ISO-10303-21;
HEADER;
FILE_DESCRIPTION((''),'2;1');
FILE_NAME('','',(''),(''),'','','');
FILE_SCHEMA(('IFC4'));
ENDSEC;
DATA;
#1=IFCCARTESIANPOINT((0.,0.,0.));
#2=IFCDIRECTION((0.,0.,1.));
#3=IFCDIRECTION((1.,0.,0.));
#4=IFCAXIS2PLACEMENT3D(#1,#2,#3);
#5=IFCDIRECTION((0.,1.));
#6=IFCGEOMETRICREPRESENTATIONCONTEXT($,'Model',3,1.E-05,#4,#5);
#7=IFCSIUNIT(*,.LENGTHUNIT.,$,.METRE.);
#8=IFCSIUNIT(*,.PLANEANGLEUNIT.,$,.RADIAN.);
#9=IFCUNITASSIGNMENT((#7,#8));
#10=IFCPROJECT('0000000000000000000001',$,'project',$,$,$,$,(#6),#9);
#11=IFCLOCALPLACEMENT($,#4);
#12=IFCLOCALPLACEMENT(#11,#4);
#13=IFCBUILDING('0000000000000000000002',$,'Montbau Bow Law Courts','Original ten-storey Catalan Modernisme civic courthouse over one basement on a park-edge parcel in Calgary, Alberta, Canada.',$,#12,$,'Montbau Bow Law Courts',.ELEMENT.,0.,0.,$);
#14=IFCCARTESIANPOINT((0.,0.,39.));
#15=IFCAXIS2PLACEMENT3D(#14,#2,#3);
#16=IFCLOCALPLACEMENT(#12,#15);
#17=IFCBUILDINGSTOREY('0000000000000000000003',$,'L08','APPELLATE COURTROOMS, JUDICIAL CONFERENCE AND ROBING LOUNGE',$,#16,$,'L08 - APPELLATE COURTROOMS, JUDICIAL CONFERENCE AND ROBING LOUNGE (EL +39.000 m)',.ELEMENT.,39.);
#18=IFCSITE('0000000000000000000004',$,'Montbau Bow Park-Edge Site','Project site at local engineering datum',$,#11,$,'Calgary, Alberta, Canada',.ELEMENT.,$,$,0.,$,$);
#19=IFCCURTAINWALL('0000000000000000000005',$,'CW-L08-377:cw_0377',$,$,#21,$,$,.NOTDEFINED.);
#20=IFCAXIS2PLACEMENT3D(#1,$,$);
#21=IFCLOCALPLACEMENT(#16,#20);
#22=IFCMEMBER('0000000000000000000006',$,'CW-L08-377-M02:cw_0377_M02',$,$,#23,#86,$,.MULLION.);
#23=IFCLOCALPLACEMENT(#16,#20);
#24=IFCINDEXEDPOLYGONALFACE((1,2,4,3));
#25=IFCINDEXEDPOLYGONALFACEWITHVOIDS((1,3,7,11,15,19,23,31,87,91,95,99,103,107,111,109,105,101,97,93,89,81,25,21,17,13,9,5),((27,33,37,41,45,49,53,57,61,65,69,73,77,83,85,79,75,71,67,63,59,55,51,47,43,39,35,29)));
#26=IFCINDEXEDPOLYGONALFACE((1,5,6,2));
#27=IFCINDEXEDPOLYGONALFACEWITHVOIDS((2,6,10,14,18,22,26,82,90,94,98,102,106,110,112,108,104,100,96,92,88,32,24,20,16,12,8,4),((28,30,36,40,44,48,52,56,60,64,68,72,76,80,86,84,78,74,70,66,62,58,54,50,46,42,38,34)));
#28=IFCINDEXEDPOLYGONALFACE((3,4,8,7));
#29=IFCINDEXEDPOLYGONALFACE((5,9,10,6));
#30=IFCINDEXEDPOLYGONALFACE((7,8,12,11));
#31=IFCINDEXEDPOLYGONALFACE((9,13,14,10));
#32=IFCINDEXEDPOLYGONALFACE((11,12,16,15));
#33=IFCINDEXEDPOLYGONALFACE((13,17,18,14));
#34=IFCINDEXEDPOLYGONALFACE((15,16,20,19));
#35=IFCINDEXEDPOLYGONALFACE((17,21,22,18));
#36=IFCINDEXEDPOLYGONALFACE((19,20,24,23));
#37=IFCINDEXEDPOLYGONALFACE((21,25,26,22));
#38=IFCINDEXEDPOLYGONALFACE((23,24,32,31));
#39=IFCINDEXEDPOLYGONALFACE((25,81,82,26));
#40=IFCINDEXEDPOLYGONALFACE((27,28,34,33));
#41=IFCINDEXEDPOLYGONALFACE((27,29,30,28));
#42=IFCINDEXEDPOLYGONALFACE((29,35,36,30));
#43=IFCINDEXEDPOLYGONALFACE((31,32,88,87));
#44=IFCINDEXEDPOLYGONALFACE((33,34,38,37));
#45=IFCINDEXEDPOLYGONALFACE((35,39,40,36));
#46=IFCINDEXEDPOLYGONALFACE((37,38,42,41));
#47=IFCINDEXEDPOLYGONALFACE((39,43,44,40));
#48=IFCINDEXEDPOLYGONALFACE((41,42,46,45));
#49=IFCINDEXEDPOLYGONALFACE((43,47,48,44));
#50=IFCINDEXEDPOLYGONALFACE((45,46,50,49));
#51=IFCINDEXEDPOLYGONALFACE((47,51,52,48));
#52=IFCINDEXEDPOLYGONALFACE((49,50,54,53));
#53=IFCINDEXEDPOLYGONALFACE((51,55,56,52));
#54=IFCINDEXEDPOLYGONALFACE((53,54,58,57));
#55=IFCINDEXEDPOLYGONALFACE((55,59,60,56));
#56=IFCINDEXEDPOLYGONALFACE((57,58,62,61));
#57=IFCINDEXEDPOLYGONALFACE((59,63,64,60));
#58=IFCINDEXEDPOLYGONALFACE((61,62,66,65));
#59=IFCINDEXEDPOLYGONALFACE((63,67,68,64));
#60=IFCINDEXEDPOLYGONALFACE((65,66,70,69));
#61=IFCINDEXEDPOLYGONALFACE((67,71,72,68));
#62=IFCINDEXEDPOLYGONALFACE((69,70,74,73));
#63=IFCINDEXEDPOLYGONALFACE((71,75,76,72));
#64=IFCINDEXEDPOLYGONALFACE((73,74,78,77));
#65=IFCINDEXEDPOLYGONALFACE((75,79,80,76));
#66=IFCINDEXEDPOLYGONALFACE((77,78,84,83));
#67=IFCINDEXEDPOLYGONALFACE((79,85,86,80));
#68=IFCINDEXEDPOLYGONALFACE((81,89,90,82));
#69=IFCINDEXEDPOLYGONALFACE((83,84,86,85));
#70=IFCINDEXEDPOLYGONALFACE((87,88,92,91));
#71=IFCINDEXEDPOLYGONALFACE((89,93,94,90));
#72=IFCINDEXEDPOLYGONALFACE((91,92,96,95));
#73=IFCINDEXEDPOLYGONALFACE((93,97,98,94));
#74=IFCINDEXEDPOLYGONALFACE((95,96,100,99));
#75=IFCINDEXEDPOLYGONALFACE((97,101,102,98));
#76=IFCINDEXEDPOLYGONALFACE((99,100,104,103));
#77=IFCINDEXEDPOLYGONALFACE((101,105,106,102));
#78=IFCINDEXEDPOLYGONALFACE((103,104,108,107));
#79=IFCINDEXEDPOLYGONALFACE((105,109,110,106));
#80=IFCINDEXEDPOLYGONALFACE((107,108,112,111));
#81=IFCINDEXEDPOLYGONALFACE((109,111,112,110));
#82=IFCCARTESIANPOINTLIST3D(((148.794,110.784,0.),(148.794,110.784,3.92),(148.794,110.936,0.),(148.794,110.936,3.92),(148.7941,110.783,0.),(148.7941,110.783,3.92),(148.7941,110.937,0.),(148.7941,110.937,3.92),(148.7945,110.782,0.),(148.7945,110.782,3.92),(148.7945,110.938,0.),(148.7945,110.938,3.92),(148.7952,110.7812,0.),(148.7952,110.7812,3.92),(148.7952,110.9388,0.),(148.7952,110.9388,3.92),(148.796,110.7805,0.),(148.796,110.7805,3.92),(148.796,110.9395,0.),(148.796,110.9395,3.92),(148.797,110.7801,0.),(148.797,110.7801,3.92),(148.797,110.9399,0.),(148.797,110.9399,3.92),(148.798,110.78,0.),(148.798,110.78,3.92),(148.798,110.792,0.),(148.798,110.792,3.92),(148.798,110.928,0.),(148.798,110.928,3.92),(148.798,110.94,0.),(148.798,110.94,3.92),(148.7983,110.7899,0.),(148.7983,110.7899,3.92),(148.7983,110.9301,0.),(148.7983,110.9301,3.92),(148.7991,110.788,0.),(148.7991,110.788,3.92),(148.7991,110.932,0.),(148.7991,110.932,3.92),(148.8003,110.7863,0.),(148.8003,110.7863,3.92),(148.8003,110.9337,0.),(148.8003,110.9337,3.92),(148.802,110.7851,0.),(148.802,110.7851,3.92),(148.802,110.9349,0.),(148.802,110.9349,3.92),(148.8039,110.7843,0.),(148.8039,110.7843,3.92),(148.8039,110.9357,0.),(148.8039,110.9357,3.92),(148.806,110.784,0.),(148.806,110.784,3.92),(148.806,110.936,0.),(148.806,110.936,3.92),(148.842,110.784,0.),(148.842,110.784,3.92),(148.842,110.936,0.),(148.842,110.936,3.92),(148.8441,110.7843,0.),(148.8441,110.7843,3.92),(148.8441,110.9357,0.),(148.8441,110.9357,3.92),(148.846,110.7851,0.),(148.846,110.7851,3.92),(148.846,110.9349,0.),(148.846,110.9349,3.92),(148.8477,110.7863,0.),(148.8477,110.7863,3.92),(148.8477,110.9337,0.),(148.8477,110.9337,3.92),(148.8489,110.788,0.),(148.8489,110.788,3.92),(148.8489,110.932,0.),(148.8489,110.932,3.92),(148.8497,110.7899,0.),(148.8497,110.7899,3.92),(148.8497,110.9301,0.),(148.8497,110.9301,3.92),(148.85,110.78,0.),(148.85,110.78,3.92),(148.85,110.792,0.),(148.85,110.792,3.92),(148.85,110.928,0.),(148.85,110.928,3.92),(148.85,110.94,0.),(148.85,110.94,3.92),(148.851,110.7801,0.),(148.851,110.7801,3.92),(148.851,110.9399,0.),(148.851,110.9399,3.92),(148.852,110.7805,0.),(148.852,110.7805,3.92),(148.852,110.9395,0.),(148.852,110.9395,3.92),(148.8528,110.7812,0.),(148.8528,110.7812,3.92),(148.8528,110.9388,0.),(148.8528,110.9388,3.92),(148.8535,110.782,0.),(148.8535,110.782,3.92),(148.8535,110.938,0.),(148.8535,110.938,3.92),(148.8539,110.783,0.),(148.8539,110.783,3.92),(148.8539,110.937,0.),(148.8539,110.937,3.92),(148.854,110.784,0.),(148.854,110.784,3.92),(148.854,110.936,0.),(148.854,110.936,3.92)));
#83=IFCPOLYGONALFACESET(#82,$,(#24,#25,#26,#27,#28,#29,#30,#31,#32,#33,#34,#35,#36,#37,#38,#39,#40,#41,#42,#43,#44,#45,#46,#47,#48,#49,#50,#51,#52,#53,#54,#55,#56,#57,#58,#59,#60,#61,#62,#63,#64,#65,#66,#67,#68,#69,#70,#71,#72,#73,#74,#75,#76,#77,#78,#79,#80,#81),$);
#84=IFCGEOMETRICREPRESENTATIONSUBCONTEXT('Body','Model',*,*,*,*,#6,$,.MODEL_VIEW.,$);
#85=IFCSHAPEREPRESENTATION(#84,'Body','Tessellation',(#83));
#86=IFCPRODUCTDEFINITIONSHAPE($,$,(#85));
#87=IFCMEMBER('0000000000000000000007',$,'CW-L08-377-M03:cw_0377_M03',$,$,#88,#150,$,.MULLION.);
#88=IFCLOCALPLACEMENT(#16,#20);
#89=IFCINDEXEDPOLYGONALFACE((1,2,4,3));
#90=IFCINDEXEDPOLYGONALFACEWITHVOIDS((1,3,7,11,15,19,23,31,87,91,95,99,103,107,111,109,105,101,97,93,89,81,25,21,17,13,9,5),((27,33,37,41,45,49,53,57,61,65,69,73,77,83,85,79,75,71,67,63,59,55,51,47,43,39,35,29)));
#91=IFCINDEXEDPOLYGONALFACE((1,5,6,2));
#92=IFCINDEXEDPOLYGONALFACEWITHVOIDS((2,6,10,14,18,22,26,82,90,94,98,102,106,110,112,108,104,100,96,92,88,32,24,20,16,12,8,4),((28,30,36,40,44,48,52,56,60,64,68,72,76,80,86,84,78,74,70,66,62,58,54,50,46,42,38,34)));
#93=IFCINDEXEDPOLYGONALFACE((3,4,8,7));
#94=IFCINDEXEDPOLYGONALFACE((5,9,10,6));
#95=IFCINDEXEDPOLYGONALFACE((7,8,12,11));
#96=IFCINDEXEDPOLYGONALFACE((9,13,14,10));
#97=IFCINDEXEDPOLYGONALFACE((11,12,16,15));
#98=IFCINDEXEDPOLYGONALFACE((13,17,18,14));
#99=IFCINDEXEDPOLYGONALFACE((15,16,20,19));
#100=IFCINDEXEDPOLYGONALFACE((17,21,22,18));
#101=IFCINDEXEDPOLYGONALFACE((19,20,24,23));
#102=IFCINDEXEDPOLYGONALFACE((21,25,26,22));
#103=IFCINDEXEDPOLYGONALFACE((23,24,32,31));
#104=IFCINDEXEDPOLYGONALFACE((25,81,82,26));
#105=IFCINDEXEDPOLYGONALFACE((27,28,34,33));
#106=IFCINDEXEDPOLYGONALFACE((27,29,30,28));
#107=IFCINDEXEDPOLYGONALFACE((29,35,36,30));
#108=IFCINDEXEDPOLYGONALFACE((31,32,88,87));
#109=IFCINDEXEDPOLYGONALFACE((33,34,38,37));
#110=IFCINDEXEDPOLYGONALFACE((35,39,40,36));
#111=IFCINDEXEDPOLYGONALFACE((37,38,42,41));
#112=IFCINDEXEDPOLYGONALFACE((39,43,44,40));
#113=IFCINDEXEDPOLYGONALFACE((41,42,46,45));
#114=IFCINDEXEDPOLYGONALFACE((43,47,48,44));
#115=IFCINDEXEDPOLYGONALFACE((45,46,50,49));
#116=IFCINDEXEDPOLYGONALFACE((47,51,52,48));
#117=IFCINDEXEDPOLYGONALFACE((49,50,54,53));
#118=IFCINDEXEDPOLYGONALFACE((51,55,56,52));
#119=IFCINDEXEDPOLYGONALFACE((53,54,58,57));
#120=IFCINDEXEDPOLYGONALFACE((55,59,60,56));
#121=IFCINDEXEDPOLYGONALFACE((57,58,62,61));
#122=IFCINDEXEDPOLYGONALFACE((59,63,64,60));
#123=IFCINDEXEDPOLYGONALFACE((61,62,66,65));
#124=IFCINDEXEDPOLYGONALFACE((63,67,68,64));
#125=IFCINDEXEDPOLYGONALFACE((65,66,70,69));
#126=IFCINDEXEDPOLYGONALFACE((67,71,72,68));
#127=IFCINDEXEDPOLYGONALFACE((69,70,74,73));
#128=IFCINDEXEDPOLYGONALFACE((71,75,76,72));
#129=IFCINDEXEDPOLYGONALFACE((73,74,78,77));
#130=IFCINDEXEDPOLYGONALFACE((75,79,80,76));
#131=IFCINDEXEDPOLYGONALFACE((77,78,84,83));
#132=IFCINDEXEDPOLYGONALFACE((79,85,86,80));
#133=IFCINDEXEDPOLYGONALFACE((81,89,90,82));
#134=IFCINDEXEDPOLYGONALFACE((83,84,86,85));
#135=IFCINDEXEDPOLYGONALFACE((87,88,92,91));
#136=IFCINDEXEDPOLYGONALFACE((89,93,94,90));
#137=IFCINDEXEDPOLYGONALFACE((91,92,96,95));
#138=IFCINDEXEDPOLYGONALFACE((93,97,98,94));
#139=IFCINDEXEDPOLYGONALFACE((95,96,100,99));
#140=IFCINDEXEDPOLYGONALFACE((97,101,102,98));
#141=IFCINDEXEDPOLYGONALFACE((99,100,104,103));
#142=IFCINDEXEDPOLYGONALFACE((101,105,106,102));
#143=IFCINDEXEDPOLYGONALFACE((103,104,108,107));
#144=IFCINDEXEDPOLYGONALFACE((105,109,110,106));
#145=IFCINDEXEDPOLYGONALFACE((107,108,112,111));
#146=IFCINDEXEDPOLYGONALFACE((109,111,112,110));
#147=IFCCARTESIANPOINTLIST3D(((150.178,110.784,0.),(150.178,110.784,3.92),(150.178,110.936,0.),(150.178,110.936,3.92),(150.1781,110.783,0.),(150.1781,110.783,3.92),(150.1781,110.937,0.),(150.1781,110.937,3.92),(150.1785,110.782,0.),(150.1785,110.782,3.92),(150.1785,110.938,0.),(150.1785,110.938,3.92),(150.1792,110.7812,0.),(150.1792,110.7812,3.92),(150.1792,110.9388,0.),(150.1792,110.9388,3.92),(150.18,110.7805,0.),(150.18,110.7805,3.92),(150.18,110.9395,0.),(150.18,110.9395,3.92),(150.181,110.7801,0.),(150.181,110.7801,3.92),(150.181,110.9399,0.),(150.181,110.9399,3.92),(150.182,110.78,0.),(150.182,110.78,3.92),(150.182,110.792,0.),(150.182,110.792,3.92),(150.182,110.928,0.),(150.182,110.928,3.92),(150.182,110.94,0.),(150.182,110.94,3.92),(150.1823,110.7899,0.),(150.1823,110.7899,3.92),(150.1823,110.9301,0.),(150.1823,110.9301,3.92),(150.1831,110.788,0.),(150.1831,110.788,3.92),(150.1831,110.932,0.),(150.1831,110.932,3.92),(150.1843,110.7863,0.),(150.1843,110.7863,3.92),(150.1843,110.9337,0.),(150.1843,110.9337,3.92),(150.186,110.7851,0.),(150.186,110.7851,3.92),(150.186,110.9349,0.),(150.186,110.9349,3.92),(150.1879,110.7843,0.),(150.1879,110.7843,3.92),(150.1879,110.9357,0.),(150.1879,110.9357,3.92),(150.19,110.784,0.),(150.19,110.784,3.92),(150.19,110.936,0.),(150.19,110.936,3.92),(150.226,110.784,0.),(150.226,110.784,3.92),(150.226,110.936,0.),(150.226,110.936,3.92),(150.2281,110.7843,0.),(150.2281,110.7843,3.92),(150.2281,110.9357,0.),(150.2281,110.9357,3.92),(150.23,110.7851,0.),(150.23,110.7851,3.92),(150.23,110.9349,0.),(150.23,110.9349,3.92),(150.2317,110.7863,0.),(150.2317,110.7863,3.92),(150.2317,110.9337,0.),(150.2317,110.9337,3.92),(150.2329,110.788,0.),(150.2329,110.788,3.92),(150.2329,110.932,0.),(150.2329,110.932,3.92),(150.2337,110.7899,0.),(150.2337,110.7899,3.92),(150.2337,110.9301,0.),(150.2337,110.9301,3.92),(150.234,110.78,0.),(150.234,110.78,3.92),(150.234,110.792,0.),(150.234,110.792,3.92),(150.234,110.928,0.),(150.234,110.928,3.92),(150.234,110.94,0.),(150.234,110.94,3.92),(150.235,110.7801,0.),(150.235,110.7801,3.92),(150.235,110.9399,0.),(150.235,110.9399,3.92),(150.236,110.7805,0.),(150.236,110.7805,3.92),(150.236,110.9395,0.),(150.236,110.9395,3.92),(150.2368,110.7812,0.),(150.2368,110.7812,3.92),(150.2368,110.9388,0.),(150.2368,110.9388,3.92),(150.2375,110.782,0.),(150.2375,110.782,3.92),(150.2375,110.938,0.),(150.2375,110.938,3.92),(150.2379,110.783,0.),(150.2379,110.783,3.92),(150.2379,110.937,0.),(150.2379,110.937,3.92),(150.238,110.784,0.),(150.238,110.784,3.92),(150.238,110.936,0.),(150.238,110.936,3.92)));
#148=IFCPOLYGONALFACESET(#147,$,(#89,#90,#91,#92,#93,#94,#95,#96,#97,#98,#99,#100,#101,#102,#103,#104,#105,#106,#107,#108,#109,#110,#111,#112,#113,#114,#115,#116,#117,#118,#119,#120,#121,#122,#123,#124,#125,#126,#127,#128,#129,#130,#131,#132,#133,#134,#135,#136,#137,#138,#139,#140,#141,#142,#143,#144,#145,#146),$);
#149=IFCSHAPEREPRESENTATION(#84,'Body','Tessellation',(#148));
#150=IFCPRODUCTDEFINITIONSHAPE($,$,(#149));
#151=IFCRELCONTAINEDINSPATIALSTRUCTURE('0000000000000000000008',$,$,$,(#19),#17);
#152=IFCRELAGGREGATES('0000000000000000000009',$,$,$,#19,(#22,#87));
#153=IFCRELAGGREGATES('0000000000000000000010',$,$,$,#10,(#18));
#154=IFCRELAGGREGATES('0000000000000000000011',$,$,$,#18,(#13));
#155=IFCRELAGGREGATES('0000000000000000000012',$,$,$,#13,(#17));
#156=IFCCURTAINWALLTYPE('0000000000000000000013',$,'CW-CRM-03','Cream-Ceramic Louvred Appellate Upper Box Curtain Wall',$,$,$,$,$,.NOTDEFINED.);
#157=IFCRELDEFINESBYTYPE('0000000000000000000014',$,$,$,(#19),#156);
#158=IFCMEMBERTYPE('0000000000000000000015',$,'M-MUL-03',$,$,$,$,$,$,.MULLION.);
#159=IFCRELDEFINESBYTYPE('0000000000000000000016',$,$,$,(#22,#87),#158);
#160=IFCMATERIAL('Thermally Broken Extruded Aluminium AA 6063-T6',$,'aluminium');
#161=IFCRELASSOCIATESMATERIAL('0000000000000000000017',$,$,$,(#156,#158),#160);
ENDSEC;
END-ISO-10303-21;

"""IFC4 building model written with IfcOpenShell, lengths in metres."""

from ifc_helpers import new_model, si_unit, direction, frame, origin_with_axes, origin_2d_with_axis, place, context, subcontext, project, spatial, hollow_rectangle, extrude, material, material_profile, profile_set, type_object, element, aggregate, save


model = new_model("IFC4")

# Units and contexts
model_context = context("Model", 3, precision=1e-05, world=origin_with_axes(), true_north=direction((0.0, 1.0)))
body_context = subcontext(model_context, "Body", "Model", "MODEL_VIEW")
ifc_project = project(units=[si_unit("LENGTHUNIT", "METRE"), si_unit("PLANEANGLEUNIT", "RADIAN")], contexts=[model_context])

# Site, building, storey
site_placement = place(None, origin_with_axes())
site = spatial("IfcSite", under=ifc_project, at=site_placement, Name="Montbau Bow Park-Edge Site", Description="Project site at local engineering datum", LongName="Calgary, Alberta, Canada", CompositionType="ELEMENT", RefElevation=0.0)
building_placement = place(site_placement, origin_with_axes())
building = spatial("IfcBuilding", under=site, at=building_placement, Name="Montbau Bow Law Courts", Description="Original ten-storey Catalan Modernisme civic courthouse over one basement on a park-edge parcel in Calgary, Alberta, Canada.", LongName="Montbau Bow Law Courts", CompositionType="ELEMENT", ElevationOfRefHeight=0.0, ElevationOfTerrain=0.0)
storey_placement = place(building_placement, frame((0.0, 0.0, 39.0), z_axis=(0.0, 0.0, 1.0), x_axis=(1.0, 0.0, 0.0)))
storey = spatial("IfcBuildingStorey", under=building, at=storey_placement, Name="L08", Description="APPELLATE COURTROOMS, JUDICIAL CONFERENCE AND ROBING LOUNGE", LongName="L08 - APPELLATE COURTROOMS, JUDICIAL CONFERENCE AND ROBING LOUNGE (EL +39.000 m)", CompositionType="ELEMENT", Elevation=39.0)

# Curtain wall, members
ifc_material_1 = material(Name="Thermally Broken Extruded Aluminium AA 6063-T6", Category="aluminium")
curtain_wall_type = type_object("IfcCurtainWallType", Name="CW-CRM-03", Description="Cream-Ceramic Louvred Appellate Upper Box Curtain Wall", PredefinedType="NOTDEFINED", material=ifc_material_1)
curtain_wall_placement = place(None, frame((147.44, 110.86, 39.0), z_axis=(0.0, 0.0, 1.0), x_axis=(1.0, 0.0, 0.0)))
curtain_wall = element("IfcCurtainWall", 1, at=curtain_wall_placement, inside=storey, type_object=curtain_wall_type, Name="CW-L08-377:cw_0377", PredefinedType="NOTDEFINED")
ifc_material_profile_1 = material_profile(ifc_material_1, hollow_rectangle(XDim=0.06, YDim=0.16, WallThickness=0.004, InnerFilletRadius=0.008, OuterFilletRadius=0.004, at=origin_2d_with_axis()), Name="CWM-160X60", Category="Main", Priority=0)
ifc_profile_set_1 = profile_set([ifc_material_profile_1], Name="Thermally Broken Extruded Aluminium AA 6063-T6")
member_type_1 = type_object("IfcMemberType", Name="M-MUL-03", PredefinedType="MULLION", material=ifc_profile_set_1)
member_1_placement = place(None, frame((148.824, 110.86, 39.0), z_axis=(0.0, 0.0, 1.0), x_axis=(1.0, 0.0, 0.0)))
member_1 = element("IfcMember", 2, at=member_1_placement, type_object=member_type_1, Name="CW-L08-377-M02:cw_0377_M02", PredefinedType="MULLION", context=body_context, shape_type="SweptSolid", body=[
    extrude(hollow_rectangle(XDim=0.06, YDim=0.16, WallThickness=0.004, InnerFilletRadius=0.008, OuterFilletRadius=0.004, at=origin_2d_with_axis()), origin_with_axes(), (0.0, 0.0, 1.0), 3.92),
])
member_2_placement = place(None, frame((150.208, 110.86, 39.0), z_axis=(0.0, 0.0, 1.0), x_axis=(1.0, 0.0, 0.0)))
member_2 = element("IfcMember", 3, at=member_2_placement, type_object=member_type_1, Name="CW-L08-377-M03:cw_0377_M03", PredefinedType="MULLION", context=body_context, shape_type="SweptSolid", body=[
    extrude(hollow_rectangle(XDim=0.06, YDim=0.16, WallThickness=0.004, InnerFilletRadius=0.008, OuterFilletRadius=0.004, at=origin_2d_with_axis()), origin_with_axes(), (0.0, 0.0, 1.0), 3.92),
])
aggregate(curtain_wall, [member_1, member_2])

save(model, "model.ifc")
